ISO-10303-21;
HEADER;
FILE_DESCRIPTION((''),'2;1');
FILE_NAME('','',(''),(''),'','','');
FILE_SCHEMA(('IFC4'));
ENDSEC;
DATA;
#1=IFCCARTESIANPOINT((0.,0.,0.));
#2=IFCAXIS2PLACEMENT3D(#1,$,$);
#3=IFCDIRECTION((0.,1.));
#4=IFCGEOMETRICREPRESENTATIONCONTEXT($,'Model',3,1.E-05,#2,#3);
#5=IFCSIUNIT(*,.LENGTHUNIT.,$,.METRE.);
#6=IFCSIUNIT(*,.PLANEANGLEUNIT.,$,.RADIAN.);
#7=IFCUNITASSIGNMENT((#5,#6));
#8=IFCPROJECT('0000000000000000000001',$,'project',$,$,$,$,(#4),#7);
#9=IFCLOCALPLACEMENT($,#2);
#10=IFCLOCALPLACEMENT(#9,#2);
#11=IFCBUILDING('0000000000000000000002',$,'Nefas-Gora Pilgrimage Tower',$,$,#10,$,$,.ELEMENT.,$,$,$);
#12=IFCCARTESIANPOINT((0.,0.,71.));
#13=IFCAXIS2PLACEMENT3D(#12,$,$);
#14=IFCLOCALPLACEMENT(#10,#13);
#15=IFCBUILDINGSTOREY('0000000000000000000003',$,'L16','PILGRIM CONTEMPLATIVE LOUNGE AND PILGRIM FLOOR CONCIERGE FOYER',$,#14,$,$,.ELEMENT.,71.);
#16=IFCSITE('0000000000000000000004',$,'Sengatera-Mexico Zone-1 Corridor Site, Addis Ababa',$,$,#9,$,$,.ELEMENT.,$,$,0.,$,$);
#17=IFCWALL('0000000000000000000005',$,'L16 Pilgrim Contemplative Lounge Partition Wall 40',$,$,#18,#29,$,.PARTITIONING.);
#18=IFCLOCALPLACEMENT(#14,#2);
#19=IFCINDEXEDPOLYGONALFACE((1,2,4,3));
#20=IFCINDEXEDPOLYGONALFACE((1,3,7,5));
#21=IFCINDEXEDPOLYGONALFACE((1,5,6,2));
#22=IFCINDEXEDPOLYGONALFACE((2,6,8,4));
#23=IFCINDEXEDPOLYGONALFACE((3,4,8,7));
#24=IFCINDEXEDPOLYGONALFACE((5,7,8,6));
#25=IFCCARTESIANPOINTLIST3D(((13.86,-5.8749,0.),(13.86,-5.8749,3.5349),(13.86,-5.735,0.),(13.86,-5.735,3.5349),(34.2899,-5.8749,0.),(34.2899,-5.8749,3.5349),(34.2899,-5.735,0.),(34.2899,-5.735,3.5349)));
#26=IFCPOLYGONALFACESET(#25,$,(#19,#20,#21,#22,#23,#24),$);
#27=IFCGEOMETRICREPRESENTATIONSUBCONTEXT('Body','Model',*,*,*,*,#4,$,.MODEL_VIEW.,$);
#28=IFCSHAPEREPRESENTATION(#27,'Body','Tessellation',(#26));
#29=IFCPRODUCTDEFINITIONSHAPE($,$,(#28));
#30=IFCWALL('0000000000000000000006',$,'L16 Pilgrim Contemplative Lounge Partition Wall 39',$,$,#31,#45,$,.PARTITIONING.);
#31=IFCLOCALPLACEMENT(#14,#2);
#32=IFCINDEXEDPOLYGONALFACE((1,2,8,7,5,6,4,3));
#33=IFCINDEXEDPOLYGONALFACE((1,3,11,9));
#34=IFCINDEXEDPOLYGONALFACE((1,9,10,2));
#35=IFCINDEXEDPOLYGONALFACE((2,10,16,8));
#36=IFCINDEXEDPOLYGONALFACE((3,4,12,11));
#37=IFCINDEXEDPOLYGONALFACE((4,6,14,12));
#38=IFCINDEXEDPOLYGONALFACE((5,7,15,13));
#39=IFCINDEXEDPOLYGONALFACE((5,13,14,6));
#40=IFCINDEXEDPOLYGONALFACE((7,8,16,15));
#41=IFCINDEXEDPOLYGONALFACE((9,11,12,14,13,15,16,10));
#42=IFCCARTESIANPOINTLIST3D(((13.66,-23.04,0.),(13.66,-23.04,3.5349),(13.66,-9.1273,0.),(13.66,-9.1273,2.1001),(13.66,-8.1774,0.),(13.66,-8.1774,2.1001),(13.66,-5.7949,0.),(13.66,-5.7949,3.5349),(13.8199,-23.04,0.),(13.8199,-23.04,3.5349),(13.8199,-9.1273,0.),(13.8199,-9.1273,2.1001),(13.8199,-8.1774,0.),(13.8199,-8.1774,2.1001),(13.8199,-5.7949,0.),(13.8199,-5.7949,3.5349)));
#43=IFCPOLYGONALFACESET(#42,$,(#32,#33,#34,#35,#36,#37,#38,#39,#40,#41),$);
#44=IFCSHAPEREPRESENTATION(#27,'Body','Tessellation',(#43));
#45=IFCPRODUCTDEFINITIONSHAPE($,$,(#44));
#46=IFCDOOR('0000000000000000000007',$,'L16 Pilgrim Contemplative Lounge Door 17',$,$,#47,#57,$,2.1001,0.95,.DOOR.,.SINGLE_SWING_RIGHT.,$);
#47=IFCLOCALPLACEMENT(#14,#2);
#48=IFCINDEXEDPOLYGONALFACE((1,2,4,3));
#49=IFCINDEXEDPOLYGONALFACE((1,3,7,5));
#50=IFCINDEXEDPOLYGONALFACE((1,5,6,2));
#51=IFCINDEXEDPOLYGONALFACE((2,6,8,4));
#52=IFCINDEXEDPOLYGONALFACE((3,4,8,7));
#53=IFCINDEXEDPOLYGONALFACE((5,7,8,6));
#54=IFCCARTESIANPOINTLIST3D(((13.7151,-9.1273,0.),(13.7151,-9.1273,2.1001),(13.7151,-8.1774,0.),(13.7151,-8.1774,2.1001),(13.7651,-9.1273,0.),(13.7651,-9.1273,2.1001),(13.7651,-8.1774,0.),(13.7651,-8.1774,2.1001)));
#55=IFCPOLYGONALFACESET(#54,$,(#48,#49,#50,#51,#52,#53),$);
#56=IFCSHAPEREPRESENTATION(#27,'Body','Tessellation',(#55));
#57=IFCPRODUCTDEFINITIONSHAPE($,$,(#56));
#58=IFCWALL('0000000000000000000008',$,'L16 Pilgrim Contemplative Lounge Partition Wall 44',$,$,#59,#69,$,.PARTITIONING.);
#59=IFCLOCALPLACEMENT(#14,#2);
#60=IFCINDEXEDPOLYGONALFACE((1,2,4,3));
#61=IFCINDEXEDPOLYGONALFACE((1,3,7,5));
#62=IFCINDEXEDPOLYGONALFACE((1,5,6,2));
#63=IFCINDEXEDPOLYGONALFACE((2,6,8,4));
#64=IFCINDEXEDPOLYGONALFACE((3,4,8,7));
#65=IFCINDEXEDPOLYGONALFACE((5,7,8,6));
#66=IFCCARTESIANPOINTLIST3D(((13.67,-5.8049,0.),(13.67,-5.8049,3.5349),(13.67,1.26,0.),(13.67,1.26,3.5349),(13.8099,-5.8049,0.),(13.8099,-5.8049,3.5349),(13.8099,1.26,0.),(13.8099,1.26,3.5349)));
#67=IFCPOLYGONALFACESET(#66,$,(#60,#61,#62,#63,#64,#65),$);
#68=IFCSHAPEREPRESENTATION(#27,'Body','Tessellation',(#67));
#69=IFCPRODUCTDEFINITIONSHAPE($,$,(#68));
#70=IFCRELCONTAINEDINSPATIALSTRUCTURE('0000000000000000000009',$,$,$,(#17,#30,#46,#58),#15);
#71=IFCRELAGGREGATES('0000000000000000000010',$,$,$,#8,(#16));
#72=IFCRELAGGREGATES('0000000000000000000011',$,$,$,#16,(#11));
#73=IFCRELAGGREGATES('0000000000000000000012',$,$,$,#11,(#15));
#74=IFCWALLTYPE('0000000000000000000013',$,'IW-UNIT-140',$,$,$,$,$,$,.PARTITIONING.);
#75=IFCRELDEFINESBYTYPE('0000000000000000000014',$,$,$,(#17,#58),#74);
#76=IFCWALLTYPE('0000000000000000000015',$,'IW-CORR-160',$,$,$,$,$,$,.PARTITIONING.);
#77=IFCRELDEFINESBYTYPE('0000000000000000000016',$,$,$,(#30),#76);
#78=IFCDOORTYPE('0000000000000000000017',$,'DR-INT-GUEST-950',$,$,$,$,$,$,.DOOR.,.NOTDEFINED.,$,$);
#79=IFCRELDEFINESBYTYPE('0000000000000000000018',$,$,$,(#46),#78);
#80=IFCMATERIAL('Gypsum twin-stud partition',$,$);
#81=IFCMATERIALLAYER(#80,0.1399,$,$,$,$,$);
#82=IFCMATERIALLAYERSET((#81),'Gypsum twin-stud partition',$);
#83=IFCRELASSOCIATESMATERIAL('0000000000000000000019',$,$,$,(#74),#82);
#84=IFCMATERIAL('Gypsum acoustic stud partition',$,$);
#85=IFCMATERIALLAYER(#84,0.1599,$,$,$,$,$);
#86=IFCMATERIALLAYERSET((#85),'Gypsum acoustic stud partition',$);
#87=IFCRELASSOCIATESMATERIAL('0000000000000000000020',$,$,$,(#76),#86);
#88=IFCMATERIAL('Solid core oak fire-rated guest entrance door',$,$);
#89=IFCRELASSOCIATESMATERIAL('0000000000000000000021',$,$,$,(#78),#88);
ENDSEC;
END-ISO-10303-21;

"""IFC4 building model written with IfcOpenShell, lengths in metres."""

from ifc_helpers import new_model, si_unit, direction, frame, frame_2d, origin, place, context, subcontext, project, spatial, rectangle, extrude, source, transform, mapped, material, layer, layer_set, type_object, element, fill, save


model = new_model("IFC4")

# Units and contexts
model_context = context("Model", 3, precision=1e-05, world=origin(), true_north=direction((0.0, 1.0)))
body_context = subcontext(model_context, "Body", "Model", "MODEL_VIEW")
ifc_project = project(units=[si_unit("LENGTHUNIT", "METRE"), si_unit("PLANEANGLEUNIT", "RADIAN")], contexts=[model_context])

# Site, building, storey
site_placement = place(None, origin())
site = spatial("IfcSite", under=ifc_project, at=site_placement, Name="Sengatera-Mexico Zone-1 Corridor Site, Addis Ababa", CompositionType="ELEMENT", RefElevation=0.0)
building_placement = place(site_placement, origin())
building = spatial("IfcBuilding", under=site, at=building_placement, Name="Nefas-Gora Pilgrimage Tower", CompositionType="ELEMENT")
storey_placement = place(building_placement, frame((0.0, 0.0, 71.0)))
storey = spatial("IfcBuildingStorey", under=building, at=storey_placement, Name="L16", Description="PILGRIM CONTEMPLATIVE LOUNGE AND PILGRIM FLOOR CONCIERGE FOYER", CompositionType="ELEMENT", Elevation=71.0)

# Wall
ifc_material_1 = material(Name="Gypsum twin-stud partition")
ifc_layer_1 = layer(ifc_material_1, 0.1399)
ifc_layer_set_1 = layer_set([ifc_layer_1], Name="Gypsum twin-stud partition")
wall_type_1 = type_object("IfcWallType", Name="IW-UNIT-140", PredefinedType="PARTITIONING", material=ifc_layer_set_1)
shared_shape_1 = source(origin(), body_context, "Body", "SweptSolid", [
    extrude(rectangle(XDim=20.4299, YDim=0.1399, at=frame_2d((10.2148, 0.0))), origin(), (0.0, 0.0, 1.0), 3.5349),
])
wall_1_placement = place(storey_placement, frame((13.8601, -5.8049, 0.0), z_axis=(0.0, 0.0, 1.0), x_axis=(1.0, 0.0, 0.0)))
element("IfcWall", 1, at=wall_1_placement, inside=storey, type_object=wall_type_1, Name="L16 Pilgrim Contemplative Lounge Partition Wall 40", PredefinedType="PARTITIONING", context=body_context, shape_type="MappedRepresentation", body=[
    mapped(shared_shape_1, transform((0.0, 0.0, 0.0), x_axis=(1.0, 0.0, 0.0), y_axis=(0.0, 1.0, 0.0), z_axis=(0.0, 0.0, 1.0), scale=1.0)),
])

# Wall, opening, door
ifc_material_2 = material(Name="Gypsum acoustic stud partition")
ifc_layer_2 = layer(ifc_material_2, 0.1599)
ifc_layer_set_2 = layer_set([ifc_layer_2], Name="Gypsum acoustic stud partition")
wall_type_2 = type_object("IfcWallType", Name="IW-CORR-160", PredefinedType="PARTITIONING", material=ifc_layer_set_2)
shared_shape_2 = source(origin(), body_context, "Body", "SweptSolid", [
    extrude(rectangle(XDim=17.2451, YDim=0.1599, at=frame_2d((8.6226, 0.0))), origin(), (0.0, 0.0, 1.0), 3.5349),
])
wall_2_placement = place(storey_placement, frame((13.74, -23.04, 0.0), z_axis=(0.0, 0.0, 1.0), x_axis=(0.0, 1.0, 0.0)))
wall_2 = element("IfcWall", 2, at=wall_2_placement, inside=storey, type_object=wall_type_2, Name="L16 Pilgrim Contemplative Lounge Partition Wall 39", PredefinedType="PARTITIONING", context=body_context, shape_type="MappedRepresentation", body=[
    mapped(shared_shape_2, transform((0.0, 0.0, 0.0), x_axis=(1.0, 0.0, 0.0), y_axis=(0.0, 1.0, 0.0), z_axis=(0.0, 0.0, 1.0), scale=1.0)),
])
opening_placement = place(wall_2_placement, frame((13.9126, 0.0, 0.0)))
opening = element("IfcOpeningElement", 3, at=opening_placement, cuts=wall_2, PredefinedType="OPENING", context=body_context, shape_type="SweptSolid", body=[
    extrude(rectangle(XDim=0.95, YDim=2.1001, at=frame_2d((0.4751, 1.05))), frame((0.0, 0.0898, 0.0), z_axis=(0.0, -1.0, 0.0), x_axis=(1.0, 0.0, 0.0)), (0.0, 0.0, 1.0), 0.1799),
])
ifc_material_3 = material(Name="Solid core oak fire-rated guest entrance door")
door_type = type_object("IfcDoorType", Name="DR-INT-GUEST-950", OperationType="NOTDEFINED", PredefinedType="DOOR", material=ifc_material_3)
shared_shape_3 = source(origin(), body_context, "Body", "SweptSolid", [
    extrude(rectangle(XDim=0.95, YDim=2.1001, at=frame_2d((0.4751, 1.05))), frame((0.0, 0.0249, 0.0), z_axis=(0.0, -1.0, 0.0), x_axis=(1.0, 0.0, 0.0)), (0.0, 0.0, 1.0), 0.05),
])
door_placement = place(opening_placement, origin())
door = element("IfcDoor", 4, at=door_placement, inside=storey, type_object=door_type, Name="L16 Pilgrim Contemplative Lounge Door 17", OperationType="SINGLE_SWING_RIGHT", OverallHeight=2.1001, OverallWidth=0.95, PredefinedType="DOOR", context=body_context, shape_type="MappedRepresentation", body=[
    mapped(shared_shape_3, transform((0.0, 0.0, 0.0), x_axis=(1.0, 0.0, 0.0), y_axis=(0.0, 1.0, 0.0), z_axis=(0.0, 0.0, 1.0), scale=1.0)),
])
fill(opening, door)

# Wall
shared_shape_4 = source(origin(), body_context, "Body", "SweptSolid", [
    extrude(rectangle(XDim=7.0649, YDim=0.1399, at=frame_2d((3.5325, 0.0))), origin(), (0.0, 0.0, 1.0), 3.5349),
])
wall_3_placement = place(storey_placement, frame((13.74, -5.8049, 0.0), z_axis=(0.0, 0.0, 1.0), x_axis=(0.0, 1.0, 0.0)))
element("IfcWall", 5, at=wall_3_placement, inside=storey, type_object=wall_type_1, Name="L16 Pilgrim Contemplative Lounge Partition Wall 44", PredefinedType="PARTITIONING", context=body_context, shape_type="MappedRepresentation", body=[
    mapped(shared_shape_4, transform((0.0, 0.0, 0.0), x_axis=(1.0, 0.0, 0.0), y_axis=(0.0, 1.0, 0.0), z_axis=(0.0, 0.0, 1.0), scale=1.0)),
])

save(model, "model.ifc")
